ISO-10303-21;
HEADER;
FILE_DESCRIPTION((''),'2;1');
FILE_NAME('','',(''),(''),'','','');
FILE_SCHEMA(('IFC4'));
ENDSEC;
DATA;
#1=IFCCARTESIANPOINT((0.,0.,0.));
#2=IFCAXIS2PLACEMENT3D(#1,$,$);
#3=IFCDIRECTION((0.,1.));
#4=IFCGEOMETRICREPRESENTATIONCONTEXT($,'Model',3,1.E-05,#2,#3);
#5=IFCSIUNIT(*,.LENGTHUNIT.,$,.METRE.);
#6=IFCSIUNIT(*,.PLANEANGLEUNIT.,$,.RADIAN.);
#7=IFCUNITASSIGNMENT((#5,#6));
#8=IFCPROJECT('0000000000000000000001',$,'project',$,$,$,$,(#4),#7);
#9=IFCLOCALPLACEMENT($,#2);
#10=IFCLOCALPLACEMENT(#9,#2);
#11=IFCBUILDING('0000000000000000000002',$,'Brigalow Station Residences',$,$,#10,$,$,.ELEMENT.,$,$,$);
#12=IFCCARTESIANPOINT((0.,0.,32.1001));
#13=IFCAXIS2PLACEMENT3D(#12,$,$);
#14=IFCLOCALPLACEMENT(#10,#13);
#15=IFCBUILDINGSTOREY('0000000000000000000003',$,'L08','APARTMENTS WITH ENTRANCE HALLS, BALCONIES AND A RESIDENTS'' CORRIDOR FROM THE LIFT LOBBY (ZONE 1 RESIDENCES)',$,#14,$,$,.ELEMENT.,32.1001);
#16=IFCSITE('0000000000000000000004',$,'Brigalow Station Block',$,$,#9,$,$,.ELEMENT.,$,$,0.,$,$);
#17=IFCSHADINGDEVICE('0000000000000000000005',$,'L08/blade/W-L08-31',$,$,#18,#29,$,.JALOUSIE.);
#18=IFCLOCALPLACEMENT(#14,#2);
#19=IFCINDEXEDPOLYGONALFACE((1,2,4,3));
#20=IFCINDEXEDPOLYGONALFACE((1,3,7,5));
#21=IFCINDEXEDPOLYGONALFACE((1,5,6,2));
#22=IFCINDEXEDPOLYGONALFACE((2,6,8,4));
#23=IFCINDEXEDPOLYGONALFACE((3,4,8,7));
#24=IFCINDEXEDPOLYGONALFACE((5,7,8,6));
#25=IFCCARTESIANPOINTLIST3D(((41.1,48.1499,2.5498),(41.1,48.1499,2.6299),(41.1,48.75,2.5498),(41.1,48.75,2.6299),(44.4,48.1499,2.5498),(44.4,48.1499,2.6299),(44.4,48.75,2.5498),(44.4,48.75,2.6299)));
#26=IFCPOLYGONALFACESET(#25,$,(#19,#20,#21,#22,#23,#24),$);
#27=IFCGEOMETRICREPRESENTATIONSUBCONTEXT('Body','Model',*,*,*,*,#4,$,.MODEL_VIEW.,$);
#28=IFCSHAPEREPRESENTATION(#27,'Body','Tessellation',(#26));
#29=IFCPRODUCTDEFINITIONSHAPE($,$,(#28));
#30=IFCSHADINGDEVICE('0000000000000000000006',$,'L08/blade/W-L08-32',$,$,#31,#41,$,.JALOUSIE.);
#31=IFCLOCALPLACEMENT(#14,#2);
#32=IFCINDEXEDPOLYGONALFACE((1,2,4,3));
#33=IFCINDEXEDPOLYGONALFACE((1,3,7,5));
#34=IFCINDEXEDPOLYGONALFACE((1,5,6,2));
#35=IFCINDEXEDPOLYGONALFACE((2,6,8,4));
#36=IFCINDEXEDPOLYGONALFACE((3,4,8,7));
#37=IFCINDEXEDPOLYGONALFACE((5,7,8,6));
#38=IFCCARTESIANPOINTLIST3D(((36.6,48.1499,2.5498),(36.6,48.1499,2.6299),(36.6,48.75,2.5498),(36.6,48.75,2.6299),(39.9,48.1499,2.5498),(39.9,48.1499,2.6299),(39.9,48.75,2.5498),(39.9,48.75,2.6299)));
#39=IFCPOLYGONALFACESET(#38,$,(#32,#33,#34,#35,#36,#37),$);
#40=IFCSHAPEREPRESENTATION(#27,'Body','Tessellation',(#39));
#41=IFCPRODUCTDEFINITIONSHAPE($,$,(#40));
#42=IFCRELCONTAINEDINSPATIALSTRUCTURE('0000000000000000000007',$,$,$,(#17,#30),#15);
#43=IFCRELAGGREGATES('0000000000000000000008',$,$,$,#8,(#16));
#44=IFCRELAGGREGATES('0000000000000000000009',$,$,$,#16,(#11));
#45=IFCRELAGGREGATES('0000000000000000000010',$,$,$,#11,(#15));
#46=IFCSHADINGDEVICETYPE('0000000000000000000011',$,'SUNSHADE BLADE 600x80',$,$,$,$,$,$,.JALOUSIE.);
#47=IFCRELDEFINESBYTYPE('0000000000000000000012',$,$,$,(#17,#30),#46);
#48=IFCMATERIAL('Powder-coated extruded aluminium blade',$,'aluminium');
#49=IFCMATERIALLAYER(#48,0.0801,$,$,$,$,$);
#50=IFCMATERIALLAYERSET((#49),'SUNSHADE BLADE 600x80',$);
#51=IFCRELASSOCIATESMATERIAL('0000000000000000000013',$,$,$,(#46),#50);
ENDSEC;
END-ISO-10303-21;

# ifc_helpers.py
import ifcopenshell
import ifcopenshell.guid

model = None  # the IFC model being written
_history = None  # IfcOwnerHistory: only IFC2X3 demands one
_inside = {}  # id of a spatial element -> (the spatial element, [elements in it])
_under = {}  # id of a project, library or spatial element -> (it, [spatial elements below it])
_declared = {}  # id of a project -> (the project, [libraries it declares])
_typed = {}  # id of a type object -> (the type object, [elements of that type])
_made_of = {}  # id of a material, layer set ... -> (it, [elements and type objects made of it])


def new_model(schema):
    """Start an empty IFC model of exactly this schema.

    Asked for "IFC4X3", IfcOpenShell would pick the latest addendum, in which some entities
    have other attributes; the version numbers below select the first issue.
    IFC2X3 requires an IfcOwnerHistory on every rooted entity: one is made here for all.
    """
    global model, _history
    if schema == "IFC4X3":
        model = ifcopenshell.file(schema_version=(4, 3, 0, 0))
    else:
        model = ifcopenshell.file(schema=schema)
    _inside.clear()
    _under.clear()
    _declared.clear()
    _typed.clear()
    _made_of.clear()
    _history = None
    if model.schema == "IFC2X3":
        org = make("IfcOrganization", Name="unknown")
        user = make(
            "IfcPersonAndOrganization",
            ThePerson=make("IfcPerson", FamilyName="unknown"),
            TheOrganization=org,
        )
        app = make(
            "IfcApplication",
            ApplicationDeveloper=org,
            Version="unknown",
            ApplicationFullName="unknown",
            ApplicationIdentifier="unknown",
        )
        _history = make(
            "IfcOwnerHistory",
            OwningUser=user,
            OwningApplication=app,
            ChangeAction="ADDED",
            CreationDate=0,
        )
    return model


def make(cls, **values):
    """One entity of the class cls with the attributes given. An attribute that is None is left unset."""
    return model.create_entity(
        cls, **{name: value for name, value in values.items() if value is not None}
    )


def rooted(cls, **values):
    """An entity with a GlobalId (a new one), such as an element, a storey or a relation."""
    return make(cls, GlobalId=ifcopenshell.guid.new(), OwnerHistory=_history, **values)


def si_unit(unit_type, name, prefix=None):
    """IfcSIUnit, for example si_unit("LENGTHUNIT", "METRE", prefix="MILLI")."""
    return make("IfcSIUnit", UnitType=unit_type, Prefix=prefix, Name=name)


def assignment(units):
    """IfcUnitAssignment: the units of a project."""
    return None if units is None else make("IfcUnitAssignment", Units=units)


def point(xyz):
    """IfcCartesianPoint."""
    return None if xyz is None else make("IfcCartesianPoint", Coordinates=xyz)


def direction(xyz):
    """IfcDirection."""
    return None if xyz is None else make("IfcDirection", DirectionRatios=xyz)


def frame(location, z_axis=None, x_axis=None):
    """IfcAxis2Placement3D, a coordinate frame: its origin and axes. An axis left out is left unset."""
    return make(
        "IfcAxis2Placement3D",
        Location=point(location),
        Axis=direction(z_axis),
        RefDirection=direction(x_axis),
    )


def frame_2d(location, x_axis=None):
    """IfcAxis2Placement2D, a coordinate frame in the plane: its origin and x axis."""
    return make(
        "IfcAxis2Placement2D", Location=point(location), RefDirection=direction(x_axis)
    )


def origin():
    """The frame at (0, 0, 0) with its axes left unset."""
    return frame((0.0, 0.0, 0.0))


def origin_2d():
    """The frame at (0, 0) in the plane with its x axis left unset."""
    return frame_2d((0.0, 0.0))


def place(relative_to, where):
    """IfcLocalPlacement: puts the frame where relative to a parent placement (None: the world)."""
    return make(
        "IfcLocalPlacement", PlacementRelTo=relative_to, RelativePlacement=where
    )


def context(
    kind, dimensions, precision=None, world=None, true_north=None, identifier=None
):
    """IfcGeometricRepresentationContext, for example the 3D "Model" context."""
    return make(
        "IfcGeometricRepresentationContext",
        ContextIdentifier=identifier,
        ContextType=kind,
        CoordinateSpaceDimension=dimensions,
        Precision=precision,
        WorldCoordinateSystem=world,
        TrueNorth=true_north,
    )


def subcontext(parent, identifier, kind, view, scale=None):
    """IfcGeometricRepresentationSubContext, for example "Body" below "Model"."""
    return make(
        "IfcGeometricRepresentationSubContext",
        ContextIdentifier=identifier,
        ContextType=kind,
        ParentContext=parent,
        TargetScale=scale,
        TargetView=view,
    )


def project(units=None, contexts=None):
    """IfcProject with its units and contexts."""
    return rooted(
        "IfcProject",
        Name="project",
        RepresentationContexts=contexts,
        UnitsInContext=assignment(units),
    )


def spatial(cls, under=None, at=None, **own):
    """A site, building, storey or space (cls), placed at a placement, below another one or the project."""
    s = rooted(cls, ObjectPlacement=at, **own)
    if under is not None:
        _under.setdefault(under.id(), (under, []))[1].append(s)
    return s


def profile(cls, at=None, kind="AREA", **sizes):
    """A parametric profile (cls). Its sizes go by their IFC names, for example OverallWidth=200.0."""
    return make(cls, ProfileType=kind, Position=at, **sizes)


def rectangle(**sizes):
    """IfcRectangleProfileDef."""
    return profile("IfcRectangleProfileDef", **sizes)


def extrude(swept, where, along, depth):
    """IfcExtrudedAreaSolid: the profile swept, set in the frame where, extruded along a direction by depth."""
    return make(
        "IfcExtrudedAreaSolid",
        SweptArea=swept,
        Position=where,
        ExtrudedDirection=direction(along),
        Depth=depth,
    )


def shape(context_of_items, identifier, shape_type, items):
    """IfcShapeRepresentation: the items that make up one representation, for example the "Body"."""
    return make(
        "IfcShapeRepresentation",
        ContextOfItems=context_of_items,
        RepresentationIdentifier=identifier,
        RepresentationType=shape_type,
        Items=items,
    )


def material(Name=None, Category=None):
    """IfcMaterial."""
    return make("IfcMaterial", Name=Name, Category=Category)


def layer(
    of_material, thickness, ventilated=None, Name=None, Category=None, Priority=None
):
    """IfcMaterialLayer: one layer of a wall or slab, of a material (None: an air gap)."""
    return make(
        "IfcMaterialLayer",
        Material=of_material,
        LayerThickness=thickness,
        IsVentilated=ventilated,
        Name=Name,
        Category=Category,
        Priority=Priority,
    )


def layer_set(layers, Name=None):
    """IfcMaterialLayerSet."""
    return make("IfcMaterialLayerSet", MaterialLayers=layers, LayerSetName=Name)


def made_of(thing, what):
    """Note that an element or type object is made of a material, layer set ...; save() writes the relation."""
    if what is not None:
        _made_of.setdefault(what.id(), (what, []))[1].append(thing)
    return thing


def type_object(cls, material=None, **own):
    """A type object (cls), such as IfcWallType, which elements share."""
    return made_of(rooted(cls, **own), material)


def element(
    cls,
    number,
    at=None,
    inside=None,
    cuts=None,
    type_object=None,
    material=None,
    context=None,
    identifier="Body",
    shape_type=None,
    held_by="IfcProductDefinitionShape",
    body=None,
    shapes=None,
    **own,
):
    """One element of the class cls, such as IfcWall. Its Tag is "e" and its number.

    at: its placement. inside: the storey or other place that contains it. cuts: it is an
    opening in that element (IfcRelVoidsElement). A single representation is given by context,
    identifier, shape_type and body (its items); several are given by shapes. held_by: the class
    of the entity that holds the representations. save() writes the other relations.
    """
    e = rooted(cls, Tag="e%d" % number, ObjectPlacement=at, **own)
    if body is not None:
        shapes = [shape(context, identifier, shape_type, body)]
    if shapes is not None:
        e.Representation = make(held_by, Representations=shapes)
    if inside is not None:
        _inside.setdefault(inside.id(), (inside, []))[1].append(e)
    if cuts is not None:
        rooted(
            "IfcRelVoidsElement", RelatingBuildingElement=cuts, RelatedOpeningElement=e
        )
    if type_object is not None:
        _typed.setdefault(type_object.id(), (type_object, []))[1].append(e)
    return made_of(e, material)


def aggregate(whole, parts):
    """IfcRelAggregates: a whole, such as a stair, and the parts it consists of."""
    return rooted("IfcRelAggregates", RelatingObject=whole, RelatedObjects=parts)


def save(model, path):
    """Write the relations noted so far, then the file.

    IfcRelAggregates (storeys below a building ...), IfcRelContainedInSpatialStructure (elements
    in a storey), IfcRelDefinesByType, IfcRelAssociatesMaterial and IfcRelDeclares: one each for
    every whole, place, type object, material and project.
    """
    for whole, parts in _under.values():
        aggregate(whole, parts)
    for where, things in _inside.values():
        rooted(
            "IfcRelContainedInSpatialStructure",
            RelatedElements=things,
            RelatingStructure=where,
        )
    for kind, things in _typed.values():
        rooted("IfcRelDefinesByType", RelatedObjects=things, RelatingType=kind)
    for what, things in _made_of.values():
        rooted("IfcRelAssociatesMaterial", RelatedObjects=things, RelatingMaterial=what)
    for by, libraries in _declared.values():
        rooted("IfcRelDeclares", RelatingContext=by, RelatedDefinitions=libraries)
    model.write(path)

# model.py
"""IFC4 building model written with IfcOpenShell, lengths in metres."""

from ifc_helpers import new_model, si_unit, direction, frame, origin, origin_2d, place, context, subcontext, project, spatial, rectangle, extrude, material, layer, layer_set, type_object, element, save


model = new_model("IFC4")

# Units and contexts
model_context = context("Model", 3, precision=1e-05, world=origin(), true_north=direction((0.0, 1.0)))
body_context = subcontext(model_context, "Body", "Model", "MODEL_VIEW")
ifc_project = project(units=[si_unit("LENGTHUNIT", "METRE"), si_unit("PLANEANGLEUNIT", "RADIAN")], contexts=[model_context])

# Site, building, storey
site_placement = place(None, origin())
site = spatial("IfcSite", under=ifc_project, at=site_placement, Name="Brigalow Station Block", CompositionType="ELEMENT", RefElevation=0.0)
building_placement = place(site_placement, origin())
building = spatial("IfcBuilding", under=site, at=building_placement, Name="Brigalow Station Residences", CompositionType="ELEMENT")
storey_placement = place(building_placement, frame((0.0, 0.0, 32.1001)))
storey = spatial("IfcBuildingStorey", under=building, at=storey_placement, Name="L08", Description="APARTMENTS WITH ENTRANCE HALLS, BALCONIES AND A RESIDENTS' CORRIDOR FROM THE LIFT LOBBY (ZONE 1 RESIDENCES)", CompositionType="ELEMENT", Elevation=32.1001)

# Shading devices
ifc_material_1 = material(Name="Powder-coated extruded aluminium blade", Category="aluminium")
ifc_layer_1 = layer(ifc_material_1, 0.0801)
ifc_layer_set_1 = layer_set([ifc_layer_1], Name="SUNSHADE BLADE 600x80")
shading_device_type = type_object("IfcShadingDeviceType", Name="SUNSHADE BLADE 600x80", PredefinedType="JALOUSIE", material=ifc_layer_set_1)
for number, where, z_axis, x_axis, name in (
    (1, (42.75, 48.45, 2.5498), (0.0, 0.0, 1.0), (-1.0, 0.0, 0.0), "L08/blade/W-L08-31"),
    (2, (38.25, 48.45, 2.5498), (0.0, 0.0, 1.0), (-1.0, 0.0, 0.0), "L08/blade/W-L08-32"),
):
    element("IfcShadingDevice", number, at=place(storey_placement, frame(where, z_axis=z_axis, x_axis=x_axis)), inside=storey, type_object=shading_device_type, Name=name, PredefinedType="JALOUSIE", context=body_context, shape_type="SweptSolid", body=[
        extrude(rectangle(XDim=3.3, YDim=0.6001, at=origin_2d()), origin(), (0.0, 0.0, 1.0), 0.0801),
    ])

save(model, "model.ifc")
